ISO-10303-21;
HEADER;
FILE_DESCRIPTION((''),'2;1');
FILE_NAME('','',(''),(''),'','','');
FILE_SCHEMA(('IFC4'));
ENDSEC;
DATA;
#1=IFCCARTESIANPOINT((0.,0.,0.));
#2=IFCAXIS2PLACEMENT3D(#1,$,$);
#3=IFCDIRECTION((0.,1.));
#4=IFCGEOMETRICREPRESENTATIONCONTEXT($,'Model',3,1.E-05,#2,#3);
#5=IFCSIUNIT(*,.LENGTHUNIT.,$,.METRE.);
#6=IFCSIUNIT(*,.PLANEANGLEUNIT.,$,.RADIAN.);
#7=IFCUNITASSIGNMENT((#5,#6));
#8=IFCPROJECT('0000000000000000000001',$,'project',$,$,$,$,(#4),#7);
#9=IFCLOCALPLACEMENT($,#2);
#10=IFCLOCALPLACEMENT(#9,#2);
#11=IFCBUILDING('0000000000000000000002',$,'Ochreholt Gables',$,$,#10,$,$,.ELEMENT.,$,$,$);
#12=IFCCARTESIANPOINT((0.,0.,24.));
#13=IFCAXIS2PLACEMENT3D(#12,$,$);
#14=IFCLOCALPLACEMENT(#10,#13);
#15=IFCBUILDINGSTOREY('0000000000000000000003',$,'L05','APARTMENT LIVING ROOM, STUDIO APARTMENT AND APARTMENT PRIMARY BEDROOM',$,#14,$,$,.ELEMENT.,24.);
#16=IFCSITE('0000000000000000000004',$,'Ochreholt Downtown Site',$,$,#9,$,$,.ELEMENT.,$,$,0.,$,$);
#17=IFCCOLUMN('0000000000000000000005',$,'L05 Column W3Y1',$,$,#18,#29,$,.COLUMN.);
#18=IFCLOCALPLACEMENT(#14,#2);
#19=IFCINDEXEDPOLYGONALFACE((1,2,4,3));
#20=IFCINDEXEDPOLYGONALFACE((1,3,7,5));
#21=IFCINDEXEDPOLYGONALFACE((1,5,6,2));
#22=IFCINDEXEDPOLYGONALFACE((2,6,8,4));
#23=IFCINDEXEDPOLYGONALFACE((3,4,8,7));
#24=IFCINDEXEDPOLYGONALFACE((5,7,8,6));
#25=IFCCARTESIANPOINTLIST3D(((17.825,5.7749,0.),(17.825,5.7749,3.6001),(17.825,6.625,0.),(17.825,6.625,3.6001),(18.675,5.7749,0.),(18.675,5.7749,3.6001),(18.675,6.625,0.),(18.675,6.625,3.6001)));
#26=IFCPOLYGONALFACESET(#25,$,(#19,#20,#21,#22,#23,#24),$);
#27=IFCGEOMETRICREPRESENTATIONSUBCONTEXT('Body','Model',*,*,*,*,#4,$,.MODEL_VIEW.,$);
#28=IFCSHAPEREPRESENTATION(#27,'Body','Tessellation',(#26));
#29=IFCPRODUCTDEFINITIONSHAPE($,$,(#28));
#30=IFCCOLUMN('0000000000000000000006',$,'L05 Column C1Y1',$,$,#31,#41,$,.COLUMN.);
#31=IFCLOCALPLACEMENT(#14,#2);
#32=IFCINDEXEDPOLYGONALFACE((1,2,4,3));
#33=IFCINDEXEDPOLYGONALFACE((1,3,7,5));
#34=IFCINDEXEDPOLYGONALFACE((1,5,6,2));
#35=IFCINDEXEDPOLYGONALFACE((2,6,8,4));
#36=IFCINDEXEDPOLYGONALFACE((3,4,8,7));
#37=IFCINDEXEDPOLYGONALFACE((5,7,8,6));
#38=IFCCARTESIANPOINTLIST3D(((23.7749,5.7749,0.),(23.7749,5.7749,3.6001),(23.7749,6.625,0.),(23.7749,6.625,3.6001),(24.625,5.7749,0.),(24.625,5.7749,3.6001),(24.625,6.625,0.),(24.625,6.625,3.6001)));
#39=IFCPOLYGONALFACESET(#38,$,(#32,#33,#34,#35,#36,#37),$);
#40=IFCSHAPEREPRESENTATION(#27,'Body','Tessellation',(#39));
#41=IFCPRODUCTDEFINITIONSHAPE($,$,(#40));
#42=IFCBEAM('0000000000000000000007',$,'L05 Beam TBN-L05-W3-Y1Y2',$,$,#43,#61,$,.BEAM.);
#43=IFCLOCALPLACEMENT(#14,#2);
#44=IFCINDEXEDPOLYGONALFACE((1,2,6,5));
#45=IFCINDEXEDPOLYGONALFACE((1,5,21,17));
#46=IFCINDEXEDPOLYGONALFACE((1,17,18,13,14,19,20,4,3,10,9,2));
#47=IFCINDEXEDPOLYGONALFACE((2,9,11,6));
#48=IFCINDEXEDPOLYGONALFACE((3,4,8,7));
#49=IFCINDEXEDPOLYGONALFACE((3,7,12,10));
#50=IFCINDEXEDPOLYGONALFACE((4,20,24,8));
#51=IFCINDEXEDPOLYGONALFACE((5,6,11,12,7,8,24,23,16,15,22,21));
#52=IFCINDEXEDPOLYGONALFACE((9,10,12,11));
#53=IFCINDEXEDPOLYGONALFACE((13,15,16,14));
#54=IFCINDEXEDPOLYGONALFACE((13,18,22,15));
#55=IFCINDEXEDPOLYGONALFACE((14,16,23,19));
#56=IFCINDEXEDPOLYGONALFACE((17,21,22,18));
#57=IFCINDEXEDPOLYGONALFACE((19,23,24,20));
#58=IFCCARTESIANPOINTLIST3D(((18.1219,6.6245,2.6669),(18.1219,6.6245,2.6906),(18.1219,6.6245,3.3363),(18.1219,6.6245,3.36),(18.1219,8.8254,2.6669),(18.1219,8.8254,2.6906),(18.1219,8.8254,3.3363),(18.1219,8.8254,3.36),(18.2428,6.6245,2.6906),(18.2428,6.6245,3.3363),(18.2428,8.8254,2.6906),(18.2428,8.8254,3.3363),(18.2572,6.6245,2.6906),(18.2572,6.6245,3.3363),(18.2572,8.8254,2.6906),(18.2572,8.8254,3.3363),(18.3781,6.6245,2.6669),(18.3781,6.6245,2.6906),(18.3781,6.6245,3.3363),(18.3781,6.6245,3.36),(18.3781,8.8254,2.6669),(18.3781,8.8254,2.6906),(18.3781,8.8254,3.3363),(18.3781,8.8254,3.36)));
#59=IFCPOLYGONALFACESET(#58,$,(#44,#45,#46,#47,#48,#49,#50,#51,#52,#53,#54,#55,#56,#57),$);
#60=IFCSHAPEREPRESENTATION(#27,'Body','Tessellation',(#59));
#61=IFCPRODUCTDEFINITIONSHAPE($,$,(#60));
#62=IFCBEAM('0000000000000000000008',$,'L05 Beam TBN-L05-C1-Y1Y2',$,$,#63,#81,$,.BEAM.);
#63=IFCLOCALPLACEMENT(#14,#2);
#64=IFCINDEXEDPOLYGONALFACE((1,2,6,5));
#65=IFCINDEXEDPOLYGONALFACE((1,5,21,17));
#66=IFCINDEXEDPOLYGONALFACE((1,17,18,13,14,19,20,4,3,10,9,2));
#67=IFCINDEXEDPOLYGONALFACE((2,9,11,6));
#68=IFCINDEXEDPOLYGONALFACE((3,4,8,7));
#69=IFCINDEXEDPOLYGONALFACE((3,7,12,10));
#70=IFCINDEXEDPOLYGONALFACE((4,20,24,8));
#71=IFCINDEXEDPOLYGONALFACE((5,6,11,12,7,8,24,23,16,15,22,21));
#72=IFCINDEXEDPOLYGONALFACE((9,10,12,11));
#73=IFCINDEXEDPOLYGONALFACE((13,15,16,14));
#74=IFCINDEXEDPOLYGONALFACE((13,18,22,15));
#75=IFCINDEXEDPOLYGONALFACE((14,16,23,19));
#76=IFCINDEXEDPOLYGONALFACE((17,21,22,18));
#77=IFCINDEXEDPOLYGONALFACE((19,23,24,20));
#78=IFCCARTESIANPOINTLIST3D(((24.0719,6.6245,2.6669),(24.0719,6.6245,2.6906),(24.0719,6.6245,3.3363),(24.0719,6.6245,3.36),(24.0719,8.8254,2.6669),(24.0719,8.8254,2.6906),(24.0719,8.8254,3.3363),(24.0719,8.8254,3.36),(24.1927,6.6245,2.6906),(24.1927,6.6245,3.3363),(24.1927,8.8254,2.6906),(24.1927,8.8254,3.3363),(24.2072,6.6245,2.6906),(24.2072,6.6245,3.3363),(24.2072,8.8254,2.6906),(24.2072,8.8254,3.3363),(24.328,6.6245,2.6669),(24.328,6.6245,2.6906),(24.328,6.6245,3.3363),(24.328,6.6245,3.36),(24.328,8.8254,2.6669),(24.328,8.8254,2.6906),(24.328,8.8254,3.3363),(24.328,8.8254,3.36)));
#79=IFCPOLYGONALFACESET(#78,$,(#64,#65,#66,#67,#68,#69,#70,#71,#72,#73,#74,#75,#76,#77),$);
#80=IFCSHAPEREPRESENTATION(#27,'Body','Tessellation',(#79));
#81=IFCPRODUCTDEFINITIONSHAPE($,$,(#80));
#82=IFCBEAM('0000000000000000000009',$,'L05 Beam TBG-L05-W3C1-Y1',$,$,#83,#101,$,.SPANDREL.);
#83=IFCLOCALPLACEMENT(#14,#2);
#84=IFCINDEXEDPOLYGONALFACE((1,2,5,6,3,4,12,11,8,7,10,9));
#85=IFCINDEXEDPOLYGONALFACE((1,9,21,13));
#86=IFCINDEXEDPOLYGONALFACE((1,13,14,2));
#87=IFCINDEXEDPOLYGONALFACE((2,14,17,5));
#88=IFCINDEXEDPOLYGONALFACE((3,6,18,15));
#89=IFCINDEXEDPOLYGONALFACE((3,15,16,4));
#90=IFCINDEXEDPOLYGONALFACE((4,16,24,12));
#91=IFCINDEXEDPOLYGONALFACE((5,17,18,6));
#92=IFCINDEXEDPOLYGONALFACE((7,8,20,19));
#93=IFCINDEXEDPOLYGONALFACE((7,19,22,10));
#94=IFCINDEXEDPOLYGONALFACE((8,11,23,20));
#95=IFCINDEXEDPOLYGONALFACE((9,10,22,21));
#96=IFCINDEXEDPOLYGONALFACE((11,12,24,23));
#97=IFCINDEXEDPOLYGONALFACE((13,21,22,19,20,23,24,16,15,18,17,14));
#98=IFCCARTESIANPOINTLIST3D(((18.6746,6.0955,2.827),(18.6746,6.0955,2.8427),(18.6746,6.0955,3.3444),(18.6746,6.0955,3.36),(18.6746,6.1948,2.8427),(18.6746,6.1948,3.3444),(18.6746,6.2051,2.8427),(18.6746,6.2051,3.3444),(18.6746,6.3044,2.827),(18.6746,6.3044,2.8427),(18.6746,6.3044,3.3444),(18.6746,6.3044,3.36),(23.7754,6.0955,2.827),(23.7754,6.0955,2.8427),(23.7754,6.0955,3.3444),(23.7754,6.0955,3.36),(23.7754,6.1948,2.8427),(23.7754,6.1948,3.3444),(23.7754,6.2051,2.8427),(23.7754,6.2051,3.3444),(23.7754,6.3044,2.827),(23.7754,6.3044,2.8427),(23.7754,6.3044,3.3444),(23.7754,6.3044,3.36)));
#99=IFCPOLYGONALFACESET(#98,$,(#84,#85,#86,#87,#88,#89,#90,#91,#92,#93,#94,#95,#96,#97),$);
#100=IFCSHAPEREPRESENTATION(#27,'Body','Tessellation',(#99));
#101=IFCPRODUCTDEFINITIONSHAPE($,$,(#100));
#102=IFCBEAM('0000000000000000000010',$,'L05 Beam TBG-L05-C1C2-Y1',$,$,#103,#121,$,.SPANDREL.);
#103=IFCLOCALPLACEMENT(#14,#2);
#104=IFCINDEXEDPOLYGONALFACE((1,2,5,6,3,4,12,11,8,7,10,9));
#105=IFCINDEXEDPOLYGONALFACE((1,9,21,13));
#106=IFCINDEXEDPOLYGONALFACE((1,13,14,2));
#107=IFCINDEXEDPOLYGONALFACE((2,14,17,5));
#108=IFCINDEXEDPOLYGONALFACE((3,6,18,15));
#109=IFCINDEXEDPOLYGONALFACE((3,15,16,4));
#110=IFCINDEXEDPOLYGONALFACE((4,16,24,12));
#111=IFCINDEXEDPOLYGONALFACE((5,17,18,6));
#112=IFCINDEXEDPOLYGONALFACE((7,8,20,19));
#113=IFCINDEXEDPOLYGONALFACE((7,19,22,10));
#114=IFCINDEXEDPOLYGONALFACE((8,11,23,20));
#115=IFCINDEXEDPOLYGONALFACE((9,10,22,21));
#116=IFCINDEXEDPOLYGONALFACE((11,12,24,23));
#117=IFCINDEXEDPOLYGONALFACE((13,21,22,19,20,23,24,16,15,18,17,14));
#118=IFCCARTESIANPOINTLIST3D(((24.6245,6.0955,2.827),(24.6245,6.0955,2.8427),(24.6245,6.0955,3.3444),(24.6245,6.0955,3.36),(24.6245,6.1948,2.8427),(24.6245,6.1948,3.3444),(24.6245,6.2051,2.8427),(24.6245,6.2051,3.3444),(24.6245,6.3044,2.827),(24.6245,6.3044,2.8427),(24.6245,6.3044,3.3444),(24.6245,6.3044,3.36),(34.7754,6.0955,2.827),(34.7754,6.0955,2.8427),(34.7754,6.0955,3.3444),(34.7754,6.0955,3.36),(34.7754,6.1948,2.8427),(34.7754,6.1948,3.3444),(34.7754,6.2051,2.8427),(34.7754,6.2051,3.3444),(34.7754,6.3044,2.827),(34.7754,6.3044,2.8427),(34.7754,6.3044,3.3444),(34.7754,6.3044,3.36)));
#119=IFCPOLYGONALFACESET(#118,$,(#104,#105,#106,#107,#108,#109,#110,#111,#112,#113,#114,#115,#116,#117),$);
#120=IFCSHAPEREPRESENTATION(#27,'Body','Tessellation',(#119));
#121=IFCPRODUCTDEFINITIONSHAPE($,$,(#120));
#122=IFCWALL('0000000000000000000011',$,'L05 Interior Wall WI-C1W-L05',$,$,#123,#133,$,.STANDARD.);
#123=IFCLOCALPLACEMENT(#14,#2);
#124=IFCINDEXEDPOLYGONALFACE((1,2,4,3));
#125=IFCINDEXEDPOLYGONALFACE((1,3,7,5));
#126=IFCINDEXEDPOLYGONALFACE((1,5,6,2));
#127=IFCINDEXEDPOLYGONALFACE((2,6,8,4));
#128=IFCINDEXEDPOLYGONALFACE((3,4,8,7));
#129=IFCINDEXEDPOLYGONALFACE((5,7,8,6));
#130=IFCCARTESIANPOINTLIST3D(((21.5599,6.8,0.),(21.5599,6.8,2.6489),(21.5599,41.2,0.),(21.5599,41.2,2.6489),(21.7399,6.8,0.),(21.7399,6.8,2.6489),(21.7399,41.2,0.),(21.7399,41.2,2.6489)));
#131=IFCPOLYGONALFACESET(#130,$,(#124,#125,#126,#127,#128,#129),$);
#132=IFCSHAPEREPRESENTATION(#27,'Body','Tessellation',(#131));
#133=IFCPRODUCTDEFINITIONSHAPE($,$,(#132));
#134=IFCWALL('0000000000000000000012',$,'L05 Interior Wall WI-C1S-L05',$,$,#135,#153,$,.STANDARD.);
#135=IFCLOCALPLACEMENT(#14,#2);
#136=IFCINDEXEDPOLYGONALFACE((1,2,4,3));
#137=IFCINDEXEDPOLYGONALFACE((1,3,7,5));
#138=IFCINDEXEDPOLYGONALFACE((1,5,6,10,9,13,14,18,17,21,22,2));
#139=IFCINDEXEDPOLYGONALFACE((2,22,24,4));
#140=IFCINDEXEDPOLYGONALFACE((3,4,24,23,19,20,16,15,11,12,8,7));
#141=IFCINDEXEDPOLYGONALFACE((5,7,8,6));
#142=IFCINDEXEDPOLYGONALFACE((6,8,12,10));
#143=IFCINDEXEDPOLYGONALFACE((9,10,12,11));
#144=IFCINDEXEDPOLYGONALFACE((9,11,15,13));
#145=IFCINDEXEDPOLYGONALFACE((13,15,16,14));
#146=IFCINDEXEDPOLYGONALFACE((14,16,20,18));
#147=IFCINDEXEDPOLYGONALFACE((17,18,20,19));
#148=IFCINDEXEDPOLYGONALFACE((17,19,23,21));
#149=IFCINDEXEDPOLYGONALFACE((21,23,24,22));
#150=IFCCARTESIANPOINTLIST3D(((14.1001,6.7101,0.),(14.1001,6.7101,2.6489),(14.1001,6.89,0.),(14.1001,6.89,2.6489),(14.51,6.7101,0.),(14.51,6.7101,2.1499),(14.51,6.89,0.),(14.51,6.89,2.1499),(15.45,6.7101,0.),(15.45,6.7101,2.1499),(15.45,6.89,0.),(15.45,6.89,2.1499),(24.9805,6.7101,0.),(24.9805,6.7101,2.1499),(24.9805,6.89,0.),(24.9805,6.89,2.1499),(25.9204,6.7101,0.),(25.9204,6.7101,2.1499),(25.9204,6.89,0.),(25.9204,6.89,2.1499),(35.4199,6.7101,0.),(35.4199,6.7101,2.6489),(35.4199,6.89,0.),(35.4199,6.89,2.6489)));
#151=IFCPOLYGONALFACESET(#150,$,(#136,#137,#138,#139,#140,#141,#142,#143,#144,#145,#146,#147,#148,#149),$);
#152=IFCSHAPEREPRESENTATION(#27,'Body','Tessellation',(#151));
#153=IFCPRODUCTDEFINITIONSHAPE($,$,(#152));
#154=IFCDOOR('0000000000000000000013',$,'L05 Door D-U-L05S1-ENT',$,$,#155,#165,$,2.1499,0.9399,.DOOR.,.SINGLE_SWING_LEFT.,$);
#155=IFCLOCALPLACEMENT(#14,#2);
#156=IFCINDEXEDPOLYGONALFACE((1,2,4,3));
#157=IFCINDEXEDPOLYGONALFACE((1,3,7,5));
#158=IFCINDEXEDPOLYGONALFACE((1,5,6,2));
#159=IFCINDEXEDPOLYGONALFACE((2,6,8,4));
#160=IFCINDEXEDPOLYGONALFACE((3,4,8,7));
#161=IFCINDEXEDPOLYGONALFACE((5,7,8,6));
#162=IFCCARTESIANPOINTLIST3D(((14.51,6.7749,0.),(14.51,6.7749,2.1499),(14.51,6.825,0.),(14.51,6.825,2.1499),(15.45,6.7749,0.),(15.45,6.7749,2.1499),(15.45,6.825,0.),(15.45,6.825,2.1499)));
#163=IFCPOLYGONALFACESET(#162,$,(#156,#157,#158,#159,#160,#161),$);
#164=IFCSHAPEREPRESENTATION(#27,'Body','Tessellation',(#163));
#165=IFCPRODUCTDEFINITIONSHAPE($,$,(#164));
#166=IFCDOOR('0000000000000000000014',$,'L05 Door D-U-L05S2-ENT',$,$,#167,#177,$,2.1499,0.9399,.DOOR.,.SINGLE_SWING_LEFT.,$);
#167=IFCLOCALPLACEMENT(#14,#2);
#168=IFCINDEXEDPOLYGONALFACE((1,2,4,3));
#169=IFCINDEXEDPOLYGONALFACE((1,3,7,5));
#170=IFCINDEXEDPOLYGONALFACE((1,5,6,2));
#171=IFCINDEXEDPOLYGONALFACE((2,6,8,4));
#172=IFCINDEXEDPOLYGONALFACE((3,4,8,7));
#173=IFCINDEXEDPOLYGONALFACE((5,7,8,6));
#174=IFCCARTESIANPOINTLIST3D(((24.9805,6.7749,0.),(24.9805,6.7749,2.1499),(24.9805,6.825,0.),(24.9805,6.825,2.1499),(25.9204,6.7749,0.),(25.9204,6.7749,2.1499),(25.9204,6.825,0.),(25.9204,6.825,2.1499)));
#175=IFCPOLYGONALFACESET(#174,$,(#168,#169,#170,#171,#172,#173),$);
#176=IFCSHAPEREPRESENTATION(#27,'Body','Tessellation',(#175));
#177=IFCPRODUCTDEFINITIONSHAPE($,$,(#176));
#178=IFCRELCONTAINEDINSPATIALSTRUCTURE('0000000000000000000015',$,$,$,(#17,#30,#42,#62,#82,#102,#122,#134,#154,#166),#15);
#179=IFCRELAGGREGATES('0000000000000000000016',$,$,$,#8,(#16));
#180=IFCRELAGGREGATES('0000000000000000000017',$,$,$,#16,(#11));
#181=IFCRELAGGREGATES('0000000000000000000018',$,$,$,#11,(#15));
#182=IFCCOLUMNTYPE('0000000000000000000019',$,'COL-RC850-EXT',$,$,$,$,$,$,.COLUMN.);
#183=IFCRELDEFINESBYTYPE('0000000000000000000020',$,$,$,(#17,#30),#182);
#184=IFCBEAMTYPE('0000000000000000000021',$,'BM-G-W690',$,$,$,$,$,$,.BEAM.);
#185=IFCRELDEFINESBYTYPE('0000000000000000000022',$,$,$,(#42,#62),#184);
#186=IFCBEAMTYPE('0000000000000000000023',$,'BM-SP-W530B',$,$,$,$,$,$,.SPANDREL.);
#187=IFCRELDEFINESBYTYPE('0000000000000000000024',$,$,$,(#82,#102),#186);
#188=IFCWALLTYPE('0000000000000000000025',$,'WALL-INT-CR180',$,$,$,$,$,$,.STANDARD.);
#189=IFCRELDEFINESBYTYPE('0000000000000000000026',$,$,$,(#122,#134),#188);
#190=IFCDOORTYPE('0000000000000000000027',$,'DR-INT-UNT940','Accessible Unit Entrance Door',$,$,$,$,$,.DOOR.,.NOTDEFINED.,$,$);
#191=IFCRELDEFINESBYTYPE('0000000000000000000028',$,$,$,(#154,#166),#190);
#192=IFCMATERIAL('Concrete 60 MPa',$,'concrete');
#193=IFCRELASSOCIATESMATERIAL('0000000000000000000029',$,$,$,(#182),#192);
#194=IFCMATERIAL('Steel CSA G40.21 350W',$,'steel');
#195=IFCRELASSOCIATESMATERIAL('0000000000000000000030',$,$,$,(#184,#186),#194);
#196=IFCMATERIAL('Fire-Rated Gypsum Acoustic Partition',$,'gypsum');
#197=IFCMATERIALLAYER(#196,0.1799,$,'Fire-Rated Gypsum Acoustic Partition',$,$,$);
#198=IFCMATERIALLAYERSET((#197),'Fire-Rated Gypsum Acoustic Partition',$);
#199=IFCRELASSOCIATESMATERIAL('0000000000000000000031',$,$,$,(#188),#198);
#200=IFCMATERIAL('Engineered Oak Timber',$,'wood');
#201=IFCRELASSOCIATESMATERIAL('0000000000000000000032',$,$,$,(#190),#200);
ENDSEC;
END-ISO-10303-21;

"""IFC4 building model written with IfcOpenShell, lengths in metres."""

from ifc_helpers import new_model, si_unit, direction, frame, frame_2d, origin, origin_2d, place, context, subcontext, project, spatial, rectangle, i_section, extrude, material, layer, layer_set, material_profile, profile_set, type_object, element, fill, save


model = new_model("IFC4")

# Units and contexts
model_context = context("Model", 3, precision=1e-05, world=origin(), true_north=direction((0.0, 1.0)))
body_context = subcontext(model_context, "Body", "Model", "MODEL_VIEW")
ifc_project = project(units=[si_unit("LENGTHUNIT", "METRE"), si_unit("PLANEANGLEUNIT", "RADIAN")], contexts=[model_context])

# Site, building, storey
site_placement = place(None, origin())
site = spatial("IfcSite", under=ifc_project, at=site_placement, Name="Ochreholt Downtown Site", CompositionType="ELEMENT", RefElevation=0.0)
building_placement = place(site_placement, origin())
building = spatial("IfcBuilding", under=site, at=building_placement, Name="Ochreholt Gables", CompositionType="ELEMENT")
storey_placement = place(building_placement, frame((0.0, 0.0, 24.0)))
storey = spatial("IfcBuildingStorey", under=building, at=storey_placement, Name="L05", Description="APARTMENT LIVING ROOM, STUDIO APARTMENT AND APARTMENT PRIMARY BEDROOM", CompositionType="ELEMENT", Elevation=24.0)

# Columns
ifc_material_1 = material(Name="Concrete 60 MPa", Category="concrete")
ifc_material_profile_1 = material_profile(ifc_material_1, rectangle(XDim=0.8501, YDim=0.8501, at=origin_2d()), Name="RC850X850")
ifc_profile_set_1 = profile_set([ifc_material_profile_1], Name="Concrete 60 MPa")
column_type = type_object("IfcColumnType", Name="COL-RC850-EXT", PredefinedType="COLUMN", material=ifc_profile_set_1)
for number, where, z_axis, x_axis, name in (
    (1, (18.25, 6.2, 0.0), (0.0, 0.0, 1.0), (1.0, 0.0, 0.0), "L05 Column W3Y1"),
    (2, (24.2, 6.2, 0.0), (0.0, 0.0, 1.0), (1.0, 0.0, 0.0), "L05 Column C1Y1"),
):
    element("IfcColumn", number, at=place(storey_placement, frame(where, z_axis=z_axis, x_axis=x_axis)), inside=storey, type_object=column_type, Name=name, PredefinedType="COLUMN", context=body_context, shape_type="SweptSolid", body=[
        extrude(rectangle(XDim=0.8501, YDim=0.8501, at=origin_2d()), origin(), (0.0, 0.0, 1.0), 3.6001),
    ])

# Beams
ifc_material_2 = material(Name="Steel CSA G40.21 350W", Category="steel")
ifc_material_profile_2 = material_profile(ifc_material_2, i_section(OverallWidth=0.2561, OverallDepth=0.6931, WebThickness=0.0144, FlangeThickness=0.0237, at=origin_2d()), Name="W690X170")
ifc_profile_set_2 = profile_set([ifc_material_profile_2], Name="Steel CSA G40.21 350W")
beam_type_1 = type_object("IfcBeamType", Name="BM-G-W690", PredefinedType="BEAM", material=ifc_profile_set_2)
for number, where, z_axis, x_axis, name in (
    (3, (18.25, 6.6245, 3.0134), (0.0, 1.0, 0.0), (-1.0, 0.0, 0.0), "L05 Beam TBN-L05-W3-Y1Y2"),
    (4, (24.2, 6.6245, 3.0134), (0.0, 1.0, 0.0), (-1.0, 0.0, 0.0), "L05 Beam TBN-L05-C1-Y1Y2"),
):
    element("IfcBeam", number, at=place(storey_placement, frame(where, z_axis=z_axis, x_axis=x_axis)), inside=storey, type_object=beam_type_1, Name=name, PredefinedType="BEAM", context=body_context, shape_type="SweptSolid", body=[
        extrude(i_section(OverallWidth=0.2561, OverallDepth=0.6931, WebThickness=0.0144, FlangeThickness=0.0237, at=origin_2d()), origin(), (0.0, 0.0, 1.0), 2.2009),
    ])
ifc_material_profile_3 = material_profile(ifc_material_2, i_section(OverallWidth=0.209, OverallDepth=0.533, WebThickness=0.0103, FlangeThickness=0.0156, at=origin_2d()), Name="W530X92")
ifc_profile_set_3 = profile_set([ifc_material_profile_3], Name="Steel CSA G40.21 350W")
beam_type_2 = type_object("IfcBeamType", Name="BM-SP-W530B", PredefinedType="SPANDREL", material=ifc_profile_set_3)
beam_1_placement = place(storey_placement, frame((18.6746, 6.2, 3.0935), z_axis=(1.0, 0.0, 0.0), x_axis=(0.0, 1.0, 0.0)))
element("IfcBeam", 5, at=beam_1_placement, inside=storey, type_object=beam_type_2, Name="L05 Beam TBG-L05-W3C1-Y1", PredefinedType="SPANDREL", context=body_context, shape_type="SweptSolid", body=[
    extrude(i_section(OverallWidth=0.209, OverallDepth=0.533, WebThickness=0.0103, FlangeThickness=0.0156, at=origin_2d()), origin(), (0.0, 0.0, 1.0), 5.1008),
])
beam_2_placement = place(storey_placement, frame((24.6245, 6.2, 3.0935), z_axis=(1.0, 0.0, 0.0), x_axis=(0.0, 1.0, 0.0)))
element("IfcBeam", 6, at=beam_2_placement, inside=storey, type_object=beam_type_2, Name="L05 Beam TBG-L05-C1C2-Y1", PredefinedType="SPANDREL", context=body_context, shape_type="SweptSolid", body=[
    extrude(i_section(OverallWidth=0.209, OverallDepth=0.533, WebThickness=0.0103, FlangeThickness=0.0156, at=origin_2d()), origin(), (0.0, 0.0, 1.0), 10.1509),
])

# Wall
ifc_material_3 = material(Name="Fire-Rated Gypsum Acoustic Partition", Category="gypsum")
ifc_layer_1 = layer(ifc_material_3, 0.1799, Name="Fire-Rated Gypsum Acoustic Partition")
ifc_layer_set_1 = layer_set([ifc_layer_1], Name="Fire-Rated Gypsum Acoustic Partition")
wall_type_1 = type_object("IfcWallType", Name="WALL-INT-CR180", PredefinedType="STANDARD", material=ifc_layer_set_1)
wall_1_placement = place(storey_placement, frame((21.6499, 6.8, 0.0), z_axis=(0.0, 0.0, 1.0), x_axis=(0.0, 1.0, 0.0)))
element("IfcWall", 7, at=wall_1_placement, inside=storey, type_object=wall_type_1, Name="L05 Interior Wall WI-C1W-L05", PredefinedType="STANDARD", context=body_context, shape_type="SweptSolid", body=[
    extrude(rectangle(XDim=34.3999, YDim=0.1799, at=frame_2d((17.2, 0.0))), origin(), (0.0, 0.0, 1.0), 2.6489),
])

# Wall, openings, doors
wall_2_placement = place(storey_placement, frame((14.1001, 6.8, 0.0), z_axis=(0.0, 0.0, 1.0), x_axis=(1.0, 0.0, 0.0)))
wall_2 = element("IfcWall", 8, at=wall_2_placement, inside=storey, type_object=wall_type_1, Name="L05 Interior Wall WI-C1S-L05", PredefinedType="STANDARD", context=body_context, shape_type="SweptSolid", body=[
    extrude(rectangle(XDim=21.3198, YDim=0.1799, at=frame_2d((10.6599, 0.0))), origin(), (0.0, 0.0, 1.0), 2.6489),
])
opening_1_placement = place(wall_2_placement, frame((0.4099, 0.0, 0.0)))
opening_1 = element("IfcOpeningElement", 9, at=opening_1_placement, cuts=wall_2, PredefinedType="OPENING", context=body_context, shape_type="SweptSolid", body=[
    extrude(rectangle(XDim=0.9399, YDim=2.1499, at=frame_2d((0.47, 1.075))), frame((0.0, 0.0999, 0.0), z_axis=(0.0, -1.0, 0.0), x_axis=(1.0, 0.0, 0.0)), (0.0, 0.0, 1.0), 0.2),
])
opening_2_placement = place(wall_2_placement, frame((10.8804, 0.0, 0.0)))
opening_2 = element("IfcOpeningElement", 10, at=opening_2_placement, cuts=wall_2, PredefinedType="OPENING", context=body_context, shape_type="SweptSolid", body=[
    extrude(rectangle(XDim=0.9399, YDim=2.1499, at=frame_2d((0.47, 1.075))), frame((0.0, 0.0999, 0.0), z_axis=(0.0, -1.0, 0.0), x_axis=(1.0, 0.0, 0.0)), (0.0, 0.0, 1.0), 0.2),
])
ifc_material_4 = material(Name="Engineered Oak Timber", Category="wood")
door_type_1 = type_object("IfcDoorType", Name="DR-INT-UNT940", Description="Accessible Unit Entrance Door", OperationType="NOTDEFINED", PredefinedType="DOOR", material=ifc_material_4)
door_1_placement = place(opening_1_placement, origin())
door_1 = element("IfcDoor", 11, at=door_1_placement, inside=storey, type_object=door_type_1, Name="L05 Door D-U-L05S1-ENT", OperationType="SINGLE_SWING_LEFT", OverallHeight=2.1499, OverallWidth=0.9399, PredefinedType="DOOR", context=body_context, shape_type="SweptSolid", body=[
    extrude(rectangle(XDim=0.9399, YDim=2.1499, at=frame_2d((0.47, 1.075))), frame((0.0, 0.0249, 0.0), z_axis=(0.0, -1.0, 0.0), x_axis=(1.0, 0.0, 0.0)), (0.0, 0.0, 1.0), 0.05),
])
fill(opening_1, door_1)
door_2_placement = place(opening_2_placement, origin())
door_2 = element("IfcDoor", 12, at=door_2_placement, inside=storey, type_object=door_type_1, Name="L05 Door D-U-L05S2-ENT", OperationType="SINGLE_SWING_LEFT", OverallHeight=2.1499, OverallWidth=0.9399, PredefinedType="DOOR", context=body_context, shape_type="SweptSolid", body=[
    extrude(rectangle(XDim=0.9399, YDim=2.1499, at=frame_2d((0.47, 1.075))), frame((0.0, 0.0249, 0.0), z_axis=(0.0, -1.0, 0.0), x_axis=(1.0, 0.0, 0.0)), (0.0, 0.0, 1.0), 0.05),
])
fill(opening_2, door_2)

save(model, "model.ifc")
